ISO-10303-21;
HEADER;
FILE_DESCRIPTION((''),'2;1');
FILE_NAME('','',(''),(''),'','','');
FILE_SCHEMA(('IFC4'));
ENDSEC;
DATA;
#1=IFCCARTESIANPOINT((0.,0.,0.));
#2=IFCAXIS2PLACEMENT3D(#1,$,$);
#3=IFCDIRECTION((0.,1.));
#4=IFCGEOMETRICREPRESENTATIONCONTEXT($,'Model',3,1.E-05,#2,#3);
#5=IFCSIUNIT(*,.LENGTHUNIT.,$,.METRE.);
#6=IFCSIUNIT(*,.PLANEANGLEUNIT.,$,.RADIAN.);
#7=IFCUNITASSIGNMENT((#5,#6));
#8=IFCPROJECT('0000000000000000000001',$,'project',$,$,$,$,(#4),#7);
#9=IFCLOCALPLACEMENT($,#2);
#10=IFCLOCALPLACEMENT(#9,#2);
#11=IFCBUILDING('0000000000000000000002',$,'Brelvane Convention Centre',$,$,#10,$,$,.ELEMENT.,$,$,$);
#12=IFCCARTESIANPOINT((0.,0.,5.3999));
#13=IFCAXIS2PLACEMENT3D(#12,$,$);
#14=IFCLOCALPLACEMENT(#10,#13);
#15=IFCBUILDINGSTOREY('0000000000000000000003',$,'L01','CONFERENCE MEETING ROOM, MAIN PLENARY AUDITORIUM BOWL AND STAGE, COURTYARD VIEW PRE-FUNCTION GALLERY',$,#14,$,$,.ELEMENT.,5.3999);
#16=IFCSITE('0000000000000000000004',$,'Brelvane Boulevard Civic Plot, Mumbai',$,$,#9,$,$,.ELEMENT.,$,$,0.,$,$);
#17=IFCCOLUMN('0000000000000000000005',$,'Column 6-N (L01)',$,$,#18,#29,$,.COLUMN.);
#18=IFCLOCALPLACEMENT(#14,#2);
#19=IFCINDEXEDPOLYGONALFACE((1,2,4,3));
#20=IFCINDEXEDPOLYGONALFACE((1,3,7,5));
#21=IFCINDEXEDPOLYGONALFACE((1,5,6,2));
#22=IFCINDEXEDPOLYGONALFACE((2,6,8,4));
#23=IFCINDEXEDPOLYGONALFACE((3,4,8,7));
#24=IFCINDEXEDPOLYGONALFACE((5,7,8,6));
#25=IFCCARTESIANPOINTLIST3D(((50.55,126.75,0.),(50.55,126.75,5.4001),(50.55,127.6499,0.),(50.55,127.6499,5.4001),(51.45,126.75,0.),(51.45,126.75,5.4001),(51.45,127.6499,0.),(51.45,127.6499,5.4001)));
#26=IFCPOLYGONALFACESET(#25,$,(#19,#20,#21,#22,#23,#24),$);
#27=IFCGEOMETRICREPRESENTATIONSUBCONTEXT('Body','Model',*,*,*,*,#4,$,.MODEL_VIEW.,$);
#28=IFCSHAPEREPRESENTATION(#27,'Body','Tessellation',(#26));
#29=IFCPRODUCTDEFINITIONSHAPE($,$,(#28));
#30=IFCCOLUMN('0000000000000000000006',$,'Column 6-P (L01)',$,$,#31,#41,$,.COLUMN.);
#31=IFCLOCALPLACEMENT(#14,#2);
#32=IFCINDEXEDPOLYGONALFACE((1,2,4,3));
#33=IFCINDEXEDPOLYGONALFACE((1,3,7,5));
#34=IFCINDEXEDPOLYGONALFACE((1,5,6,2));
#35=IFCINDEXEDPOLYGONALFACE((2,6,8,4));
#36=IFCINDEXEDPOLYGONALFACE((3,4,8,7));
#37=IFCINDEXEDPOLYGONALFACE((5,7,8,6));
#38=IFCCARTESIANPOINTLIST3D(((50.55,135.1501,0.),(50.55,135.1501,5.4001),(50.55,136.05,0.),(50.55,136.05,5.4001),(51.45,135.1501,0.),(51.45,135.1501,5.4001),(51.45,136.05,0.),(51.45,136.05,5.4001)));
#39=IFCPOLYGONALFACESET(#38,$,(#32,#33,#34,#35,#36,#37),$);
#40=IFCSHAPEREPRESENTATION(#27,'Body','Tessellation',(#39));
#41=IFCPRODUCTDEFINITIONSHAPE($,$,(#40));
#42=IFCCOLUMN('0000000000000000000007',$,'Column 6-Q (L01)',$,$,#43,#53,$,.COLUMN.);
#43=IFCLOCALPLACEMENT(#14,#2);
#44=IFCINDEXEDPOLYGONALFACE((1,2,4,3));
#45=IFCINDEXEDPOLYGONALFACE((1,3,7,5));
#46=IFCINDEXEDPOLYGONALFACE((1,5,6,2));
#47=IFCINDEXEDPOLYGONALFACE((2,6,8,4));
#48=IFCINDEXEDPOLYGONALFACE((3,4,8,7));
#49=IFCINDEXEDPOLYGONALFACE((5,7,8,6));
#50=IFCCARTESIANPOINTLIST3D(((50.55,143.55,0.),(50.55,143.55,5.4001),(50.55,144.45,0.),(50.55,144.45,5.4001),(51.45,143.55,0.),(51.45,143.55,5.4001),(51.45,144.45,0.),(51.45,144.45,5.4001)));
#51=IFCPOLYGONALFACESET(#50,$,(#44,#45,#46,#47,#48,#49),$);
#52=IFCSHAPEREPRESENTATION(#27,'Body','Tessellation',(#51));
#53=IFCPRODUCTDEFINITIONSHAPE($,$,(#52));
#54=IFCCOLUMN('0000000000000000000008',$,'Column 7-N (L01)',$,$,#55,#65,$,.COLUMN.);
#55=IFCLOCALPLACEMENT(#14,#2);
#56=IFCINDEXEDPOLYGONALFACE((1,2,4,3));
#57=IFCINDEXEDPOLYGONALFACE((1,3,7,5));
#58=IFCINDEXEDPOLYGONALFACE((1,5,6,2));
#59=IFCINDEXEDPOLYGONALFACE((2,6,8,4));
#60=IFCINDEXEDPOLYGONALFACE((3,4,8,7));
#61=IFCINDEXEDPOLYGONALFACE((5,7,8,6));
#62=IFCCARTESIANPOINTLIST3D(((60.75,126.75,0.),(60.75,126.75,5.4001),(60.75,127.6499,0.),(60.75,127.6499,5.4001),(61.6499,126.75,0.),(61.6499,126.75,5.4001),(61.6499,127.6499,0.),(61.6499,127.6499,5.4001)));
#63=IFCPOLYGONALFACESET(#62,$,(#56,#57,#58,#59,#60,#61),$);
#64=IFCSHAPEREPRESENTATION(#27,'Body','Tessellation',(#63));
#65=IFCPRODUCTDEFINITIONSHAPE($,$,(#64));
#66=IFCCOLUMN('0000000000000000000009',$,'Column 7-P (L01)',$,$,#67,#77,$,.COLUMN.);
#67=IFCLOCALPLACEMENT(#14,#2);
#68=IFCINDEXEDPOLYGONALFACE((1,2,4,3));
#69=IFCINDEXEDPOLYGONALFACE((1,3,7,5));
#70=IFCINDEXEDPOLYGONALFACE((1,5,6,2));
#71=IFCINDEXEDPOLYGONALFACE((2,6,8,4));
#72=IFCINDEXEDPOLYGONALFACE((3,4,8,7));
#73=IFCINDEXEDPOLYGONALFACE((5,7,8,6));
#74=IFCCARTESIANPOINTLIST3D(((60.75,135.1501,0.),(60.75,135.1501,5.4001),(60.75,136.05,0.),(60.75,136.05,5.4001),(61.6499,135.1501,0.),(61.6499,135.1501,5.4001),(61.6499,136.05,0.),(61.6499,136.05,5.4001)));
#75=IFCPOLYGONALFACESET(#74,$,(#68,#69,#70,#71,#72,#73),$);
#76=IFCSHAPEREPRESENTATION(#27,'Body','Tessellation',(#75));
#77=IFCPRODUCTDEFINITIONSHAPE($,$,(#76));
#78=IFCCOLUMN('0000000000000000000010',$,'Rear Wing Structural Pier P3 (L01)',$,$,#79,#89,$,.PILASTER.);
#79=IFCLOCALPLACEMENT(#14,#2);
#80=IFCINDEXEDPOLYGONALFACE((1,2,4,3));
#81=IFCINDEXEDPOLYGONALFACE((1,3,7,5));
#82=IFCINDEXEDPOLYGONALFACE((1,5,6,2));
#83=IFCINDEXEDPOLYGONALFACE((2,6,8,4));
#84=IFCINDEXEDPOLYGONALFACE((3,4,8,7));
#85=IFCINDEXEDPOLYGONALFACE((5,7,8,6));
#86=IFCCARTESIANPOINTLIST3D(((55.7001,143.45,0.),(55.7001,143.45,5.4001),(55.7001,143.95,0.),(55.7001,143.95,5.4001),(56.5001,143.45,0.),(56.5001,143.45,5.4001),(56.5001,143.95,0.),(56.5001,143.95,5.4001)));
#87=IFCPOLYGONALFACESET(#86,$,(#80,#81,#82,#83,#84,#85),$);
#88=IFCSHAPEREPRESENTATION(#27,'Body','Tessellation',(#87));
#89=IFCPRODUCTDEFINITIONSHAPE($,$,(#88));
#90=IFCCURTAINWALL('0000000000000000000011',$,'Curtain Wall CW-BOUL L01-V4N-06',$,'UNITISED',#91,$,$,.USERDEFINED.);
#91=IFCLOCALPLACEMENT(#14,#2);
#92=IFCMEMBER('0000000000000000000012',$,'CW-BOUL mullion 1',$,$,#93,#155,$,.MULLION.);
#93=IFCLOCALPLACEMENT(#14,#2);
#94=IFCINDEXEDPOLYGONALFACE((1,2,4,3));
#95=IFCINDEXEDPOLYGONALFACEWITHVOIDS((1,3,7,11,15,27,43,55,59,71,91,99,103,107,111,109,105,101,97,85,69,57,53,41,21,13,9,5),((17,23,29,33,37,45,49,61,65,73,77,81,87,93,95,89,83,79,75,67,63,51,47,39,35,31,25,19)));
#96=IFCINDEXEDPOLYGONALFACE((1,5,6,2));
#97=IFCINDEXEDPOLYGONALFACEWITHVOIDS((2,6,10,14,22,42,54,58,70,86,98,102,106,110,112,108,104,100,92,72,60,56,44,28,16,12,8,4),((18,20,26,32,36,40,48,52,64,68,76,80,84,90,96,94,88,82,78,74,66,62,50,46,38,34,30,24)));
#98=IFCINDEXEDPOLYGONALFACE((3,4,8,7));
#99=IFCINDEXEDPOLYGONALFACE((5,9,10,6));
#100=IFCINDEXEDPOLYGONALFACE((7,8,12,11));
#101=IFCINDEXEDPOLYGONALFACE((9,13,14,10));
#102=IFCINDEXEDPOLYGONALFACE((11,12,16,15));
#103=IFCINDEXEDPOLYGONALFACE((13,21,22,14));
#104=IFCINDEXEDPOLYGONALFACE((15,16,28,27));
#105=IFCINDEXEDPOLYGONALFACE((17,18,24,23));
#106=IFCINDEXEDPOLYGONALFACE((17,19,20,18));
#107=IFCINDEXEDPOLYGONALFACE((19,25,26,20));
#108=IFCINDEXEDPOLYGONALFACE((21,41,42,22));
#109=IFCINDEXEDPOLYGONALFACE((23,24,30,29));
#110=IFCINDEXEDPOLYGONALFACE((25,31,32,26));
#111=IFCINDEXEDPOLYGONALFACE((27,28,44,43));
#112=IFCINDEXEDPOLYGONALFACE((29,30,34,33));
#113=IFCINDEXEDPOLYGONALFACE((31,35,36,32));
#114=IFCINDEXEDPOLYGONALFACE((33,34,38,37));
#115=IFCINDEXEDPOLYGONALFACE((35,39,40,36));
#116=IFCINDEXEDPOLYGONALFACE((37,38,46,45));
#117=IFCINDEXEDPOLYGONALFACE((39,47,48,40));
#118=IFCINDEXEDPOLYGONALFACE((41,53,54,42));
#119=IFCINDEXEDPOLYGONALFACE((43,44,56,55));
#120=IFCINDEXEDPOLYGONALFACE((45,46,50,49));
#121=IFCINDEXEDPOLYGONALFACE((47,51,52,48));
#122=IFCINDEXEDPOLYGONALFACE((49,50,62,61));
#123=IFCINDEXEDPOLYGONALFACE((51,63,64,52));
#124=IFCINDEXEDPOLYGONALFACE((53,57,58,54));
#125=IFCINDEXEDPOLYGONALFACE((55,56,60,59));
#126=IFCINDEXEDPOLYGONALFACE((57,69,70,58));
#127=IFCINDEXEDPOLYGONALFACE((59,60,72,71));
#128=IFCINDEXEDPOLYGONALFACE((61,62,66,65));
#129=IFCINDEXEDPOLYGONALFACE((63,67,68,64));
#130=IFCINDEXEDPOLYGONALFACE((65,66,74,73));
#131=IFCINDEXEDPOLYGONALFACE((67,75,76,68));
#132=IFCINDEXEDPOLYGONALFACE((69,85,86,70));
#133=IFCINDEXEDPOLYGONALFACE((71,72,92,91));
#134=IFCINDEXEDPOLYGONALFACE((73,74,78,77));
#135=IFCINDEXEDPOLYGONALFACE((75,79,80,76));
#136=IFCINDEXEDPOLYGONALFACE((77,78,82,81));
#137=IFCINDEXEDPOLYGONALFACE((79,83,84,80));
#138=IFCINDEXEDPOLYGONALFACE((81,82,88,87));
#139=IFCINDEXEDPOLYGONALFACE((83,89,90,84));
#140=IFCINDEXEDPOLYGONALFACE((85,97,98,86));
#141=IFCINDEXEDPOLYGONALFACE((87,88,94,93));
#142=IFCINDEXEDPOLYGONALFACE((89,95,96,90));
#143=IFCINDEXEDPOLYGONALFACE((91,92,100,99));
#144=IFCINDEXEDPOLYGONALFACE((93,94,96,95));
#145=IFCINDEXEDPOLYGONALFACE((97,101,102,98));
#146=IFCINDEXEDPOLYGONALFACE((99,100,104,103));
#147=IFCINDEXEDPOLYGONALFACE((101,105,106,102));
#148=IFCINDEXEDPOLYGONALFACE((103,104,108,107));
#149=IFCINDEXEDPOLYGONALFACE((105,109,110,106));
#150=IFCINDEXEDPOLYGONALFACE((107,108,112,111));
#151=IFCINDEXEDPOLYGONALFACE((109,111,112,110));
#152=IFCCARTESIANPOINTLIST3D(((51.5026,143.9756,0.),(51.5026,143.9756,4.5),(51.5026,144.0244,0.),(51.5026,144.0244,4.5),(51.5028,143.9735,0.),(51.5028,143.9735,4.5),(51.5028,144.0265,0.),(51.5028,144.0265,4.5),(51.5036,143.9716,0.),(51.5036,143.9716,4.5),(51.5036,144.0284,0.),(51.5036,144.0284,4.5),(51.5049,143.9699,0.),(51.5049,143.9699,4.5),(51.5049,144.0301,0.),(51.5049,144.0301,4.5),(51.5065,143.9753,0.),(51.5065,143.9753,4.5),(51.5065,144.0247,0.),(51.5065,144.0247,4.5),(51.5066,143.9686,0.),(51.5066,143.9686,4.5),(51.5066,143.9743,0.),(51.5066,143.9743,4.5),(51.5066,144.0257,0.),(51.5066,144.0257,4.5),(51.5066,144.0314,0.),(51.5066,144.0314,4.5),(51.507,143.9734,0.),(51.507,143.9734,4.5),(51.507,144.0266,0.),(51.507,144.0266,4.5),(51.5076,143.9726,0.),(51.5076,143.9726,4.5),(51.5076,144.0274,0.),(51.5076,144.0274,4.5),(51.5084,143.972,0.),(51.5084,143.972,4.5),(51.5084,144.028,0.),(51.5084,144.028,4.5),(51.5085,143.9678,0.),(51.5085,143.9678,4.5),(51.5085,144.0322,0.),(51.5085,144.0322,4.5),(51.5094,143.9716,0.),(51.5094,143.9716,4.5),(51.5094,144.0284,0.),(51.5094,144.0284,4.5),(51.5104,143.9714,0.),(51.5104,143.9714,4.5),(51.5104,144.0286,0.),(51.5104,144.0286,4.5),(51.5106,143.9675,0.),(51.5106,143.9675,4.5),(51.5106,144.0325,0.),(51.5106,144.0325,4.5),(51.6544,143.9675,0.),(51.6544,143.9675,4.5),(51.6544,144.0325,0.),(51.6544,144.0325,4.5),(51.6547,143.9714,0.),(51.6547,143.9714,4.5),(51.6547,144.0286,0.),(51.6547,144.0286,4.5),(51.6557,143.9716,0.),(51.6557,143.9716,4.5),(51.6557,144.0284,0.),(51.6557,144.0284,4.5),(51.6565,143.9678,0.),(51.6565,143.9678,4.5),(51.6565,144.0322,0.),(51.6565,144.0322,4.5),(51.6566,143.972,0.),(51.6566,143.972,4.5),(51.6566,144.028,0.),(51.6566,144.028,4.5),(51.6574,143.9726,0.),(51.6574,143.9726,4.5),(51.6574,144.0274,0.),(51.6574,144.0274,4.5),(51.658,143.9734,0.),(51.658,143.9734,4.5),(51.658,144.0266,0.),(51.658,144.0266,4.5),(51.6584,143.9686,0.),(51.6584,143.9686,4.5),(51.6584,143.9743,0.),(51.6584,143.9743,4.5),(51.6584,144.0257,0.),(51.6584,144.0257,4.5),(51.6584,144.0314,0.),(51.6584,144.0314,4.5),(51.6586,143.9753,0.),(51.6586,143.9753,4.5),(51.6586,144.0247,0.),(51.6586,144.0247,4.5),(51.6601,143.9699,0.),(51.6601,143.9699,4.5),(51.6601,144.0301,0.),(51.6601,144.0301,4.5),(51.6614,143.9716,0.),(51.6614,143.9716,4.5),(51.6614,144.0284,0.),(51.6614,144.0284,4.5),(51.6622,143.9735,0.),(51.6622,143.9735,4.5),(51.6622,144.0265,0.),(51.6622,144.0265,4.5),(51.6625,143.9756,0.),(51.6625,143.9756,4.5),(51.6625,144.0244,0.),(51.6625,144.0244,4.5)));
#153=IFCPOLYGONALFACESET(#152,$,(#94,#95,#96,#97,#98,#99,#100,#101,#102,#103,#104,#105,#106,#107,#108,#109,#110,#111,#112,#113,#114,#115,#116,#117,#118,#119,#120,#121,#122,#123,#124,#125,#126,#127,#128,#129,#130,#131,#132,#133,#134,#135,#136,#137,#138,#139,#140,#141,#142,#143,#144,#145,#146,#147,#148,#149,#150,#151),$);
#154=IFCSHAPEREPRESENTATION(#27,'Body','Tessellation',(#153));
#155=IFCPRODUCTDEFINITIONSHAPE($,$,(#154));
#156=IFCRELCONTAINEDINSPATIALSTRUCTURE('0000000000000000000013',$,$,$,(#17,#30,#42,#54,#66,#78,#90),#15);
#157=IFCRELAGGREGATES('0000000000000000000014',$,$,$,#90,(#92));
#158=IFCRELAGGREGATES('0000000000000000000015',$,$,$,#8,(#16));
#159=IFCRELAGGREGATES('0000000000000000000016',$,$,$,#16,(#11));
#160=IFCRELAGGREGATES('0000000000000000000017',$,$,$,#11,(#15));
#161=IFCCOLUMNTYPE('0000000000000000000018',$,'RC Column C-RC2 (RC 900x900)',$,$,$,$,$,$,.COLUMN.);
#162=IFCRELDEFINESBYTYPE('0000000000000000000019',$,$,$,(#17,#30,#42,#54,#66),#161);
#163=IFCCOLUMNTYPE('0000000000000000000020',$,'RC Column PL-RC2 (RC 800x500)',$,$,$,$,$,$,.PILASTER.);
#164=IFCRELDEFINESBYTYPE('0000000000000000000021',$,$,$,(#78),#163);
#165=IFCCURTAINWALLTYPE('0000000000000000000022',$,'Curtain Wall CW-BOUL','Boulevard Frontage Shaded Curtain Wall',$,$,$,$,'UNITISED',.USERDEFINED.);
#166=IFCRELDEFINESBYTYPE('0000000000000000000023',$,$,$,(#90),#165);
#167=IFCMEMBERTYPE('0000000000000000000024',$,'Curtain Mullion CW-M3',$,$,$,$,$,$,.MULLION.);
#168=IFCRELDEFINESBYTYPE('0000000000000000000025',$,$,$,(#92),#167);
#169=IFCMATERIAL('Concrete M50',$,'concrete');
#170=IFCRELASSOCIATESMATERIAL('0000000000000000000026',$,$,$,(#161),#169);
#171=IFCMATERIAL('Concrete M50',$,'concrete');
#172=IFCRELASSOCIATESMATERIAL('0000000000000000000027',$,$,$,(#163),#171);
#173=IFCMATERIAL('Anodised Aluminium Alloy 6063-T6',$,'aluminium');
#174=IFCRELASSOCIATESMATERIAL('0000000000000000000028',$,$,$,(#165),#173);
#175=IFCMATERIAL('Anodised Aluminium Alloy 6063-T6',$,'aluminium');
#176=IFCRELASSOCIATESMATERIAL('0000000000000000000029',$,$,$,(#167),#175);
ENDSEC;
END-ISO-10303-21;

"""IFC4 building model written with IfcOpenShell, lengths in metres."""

from ifc_helpers import new_model, si_unit, direction, frame, origin, origin_2d, place, context, subcontext, project, spatial, rectangle, hollow_rectangle, extrude, material, material_profile, profile_set, type_object, element, aggregate, save


model = new_model("IFC4")

# Units and contexts
model_context = context("Model", 3, precision=1e-05, world=origin(), true_north=direction((0.0, 1.0)))
body_context = subcontext(model_context, "Body", "Model", "MODEL_VIEW")
ifc_project = project(units=[si_unit("LENGTHUNIT", "METRE"), si_unit("PLANEANGLEUNIT", "RADIAN")], contexts=[model_context])

# Site, building, storey
site_placement = place(None, origin())
site = spatial("IfcSite", under=ifc_project, at=site_placement, Name="Brelvane Boulevard Civic Plot, Mumbai", CompositionType="ELEMENT", RefElevation=0.0)
building_placement = place(site_placement, origin())
building = spatial("IfcBuilding", under=site, at=building_placement, Name="Brelvane Convention Centre", CompositionType="ELEMENT")
storey_placement = place(building_placement, frame((0.0, 0.0, 5.3999)))
storey = spatial("IfcBuildingStorey", under=building, at=storey_placement, Name="L01", Description="CONFERENCE MEETING ROOM, MAIN PLENARY AUDITORIUM BOWL AND STAGE, COURTYARD VIEW PRE-FUNCTION GALLERY", CompositionType="ELEMENT", Elevation=5.3999)

# Columns
ifc_material_1 = material(Name="Concrete M50", Category="concrete")
ifc_material_profile_1 = material_profile(ifc_material_1, rectangle(XDim=0.8999, YDim=0.8999, at=origin_2d()), Name="RC 900x900")
ifc_profile_set_1 = profile_set([ifc_material_profile_1], Name="Concrete M50")
column_type_1 = type_object("IfcColumnType", Name="RC Column C-RC2 (RC 900x900)", PredefinedType="COLUMN", material=ifc_profile_set_1)
for number, where, z_axis, x_axis, name in (
    (1, (51.0, 127.2, 0.0), (0.0, 0.0, 1.0), (1.0, 0.0, 0.0), "Column 6-N (L01)"),
    (2, (51.0, 135.6001, 0.0), (0.0, 0.0, 1.0), (1.0, 0.0, 0.0), "Column 6-P (L01)"),
    (3, (51.0, 144.0, 0.0), (0.0, 0.0, 1.0), (1.0, 0.0, 0.0), "Column 6-Q (L01)"),
    (4, (61.2, 127.2, 0.0), (0.0, 0.0, 1.0), (1.0, 0.0, 0.0), "Column 7-N (L01)"),
    (5, (61.2, 135.6001, 0.0), (0.0, 0.0, 1.0), (1.0, 0.0, 0.0), "Column 7-P (L01)"),
):
    element("IfcColumn", number, at=place(storey_placement, frame(where, z_axis=z_axis, x_axis=x_axis)), inside=storey, type_object=column_type_1, Name=name, PredefinedType="COLUMN", context=body_context, shape_type="SweptSolid", body=[
        extrude(rectangle(XDim=0.8999, YDim=0.8999, at=origin_2d()), origin(), (0.0, 0.0, 1.0), 5.4001),
    ])
ifc_material_2 = material(Name="Concrete M50", Category="concrete")
ifc_material_profile_2 = material_profile(ifc_material_2, rectangle(XDim=0.8, YDim=0.5, at=origin_2d()), Name="RC 800x500")
ifc_profile_set_2 = profile_set([ifc_material_profile_2], Name="Concrete M50")
column_type_2 = type_object("IfcColumnType", Name="RC Column PL-RC2 (RC 800x500)", PredefinedType="PILASTER", material=ifc_profile_set_2)
column_placement = place(storey_placement, frame((56.1001, 143.7, 0.0), z_axis=(0.0, 0.0, 1.0), x_axis=(1.0, 0.0, 0.0)))
element("IfcColumn", 6, at=column_placement, inside=storey, type_object=column_type_2, Name="Rear Wing Structural Pier P3 (L01)", PredefinedType="PILASTER", context=body_context, shape_type="SweptSolid", body=[
    extrude(rectangle(XDim=0.8, YDim=0.5, at=origin_2d()), origin(), (0.0, 0.0, 1.0), 5.4001),
])

# Curtain wall, member
ifc_material_3 = material(Name="Anodised Aluminium Alloy 6063-T6", Category="aluminium")
curtain_wall_type = type_object("IfcCurtainWallType", Name="Curtain Wall CW-BOUL", Description="Boulevard Frontage Shaded Curtain Wall", ElementType="UNITISED", PredefinedType="USERDEFINED", material=ifc_material_3)
curtain_wall_placement = place(storey_placement, origin())
curtain_wall = element("IfcCurtainWall", 7, at=curtain_wall_placement, inside=storey, type_object=curtain_wall_type, Name="Curtain Wall CW-BOUL L01-V4N-06", ObjectType="UNITISED", PredefinedType="USERDEFINED")
ifc_material_4 = material(Name="Anodised Aluminium Alloy 6063-T6", Category="aluminium")
ifc_material_profile_3 = material_profile(ifc_material_4, hollow_rectangle(XDim=0.0649, YDim=0.1599, WallThickness=0.0039, InnerFilletRadius=0.0039, OuterFilletRadius=0.0081, at=origin_2d()), Name="ALU-M 160x65x4.0")
ifc_profile_set_3 = profile_set([ifc_material_profile_3], Name="Anodised Aluminium Alloy 6063-T6")
member_type_1 = type_object("IfcMemberType", Name="Curtain Mullion CW-M3", PredefinedType="MULLION", material=ifc_profile_set_3)
member_1_placement = place(storey_placement, frame((51.5825, 144.0, 0.0), z_axis=(0.0, 0.0, 1.0), x_axis=(0.0, 1.0, 0.0)))
member_1 = element("IfcMember", 8, at=member_1_placement, type_object=member_type_1, Name="CW-BOUL mullion 1", PredefinedType="MULLION", context=body_context, shape_type="SweptSolid", body=[
    extrude(hollow_rectangle(XDim=0.0649, YDim=0.1599, WallThickness=0.0039, InnerFilletRadius=0.0039, OuterFilletRadius=0.0081, at=origin_2d()), origin(), (0.0, 0.0, 1.0), 4.5),
])

aggregate(curtain_wall, [member_1])

save(model, "model.ifc")
